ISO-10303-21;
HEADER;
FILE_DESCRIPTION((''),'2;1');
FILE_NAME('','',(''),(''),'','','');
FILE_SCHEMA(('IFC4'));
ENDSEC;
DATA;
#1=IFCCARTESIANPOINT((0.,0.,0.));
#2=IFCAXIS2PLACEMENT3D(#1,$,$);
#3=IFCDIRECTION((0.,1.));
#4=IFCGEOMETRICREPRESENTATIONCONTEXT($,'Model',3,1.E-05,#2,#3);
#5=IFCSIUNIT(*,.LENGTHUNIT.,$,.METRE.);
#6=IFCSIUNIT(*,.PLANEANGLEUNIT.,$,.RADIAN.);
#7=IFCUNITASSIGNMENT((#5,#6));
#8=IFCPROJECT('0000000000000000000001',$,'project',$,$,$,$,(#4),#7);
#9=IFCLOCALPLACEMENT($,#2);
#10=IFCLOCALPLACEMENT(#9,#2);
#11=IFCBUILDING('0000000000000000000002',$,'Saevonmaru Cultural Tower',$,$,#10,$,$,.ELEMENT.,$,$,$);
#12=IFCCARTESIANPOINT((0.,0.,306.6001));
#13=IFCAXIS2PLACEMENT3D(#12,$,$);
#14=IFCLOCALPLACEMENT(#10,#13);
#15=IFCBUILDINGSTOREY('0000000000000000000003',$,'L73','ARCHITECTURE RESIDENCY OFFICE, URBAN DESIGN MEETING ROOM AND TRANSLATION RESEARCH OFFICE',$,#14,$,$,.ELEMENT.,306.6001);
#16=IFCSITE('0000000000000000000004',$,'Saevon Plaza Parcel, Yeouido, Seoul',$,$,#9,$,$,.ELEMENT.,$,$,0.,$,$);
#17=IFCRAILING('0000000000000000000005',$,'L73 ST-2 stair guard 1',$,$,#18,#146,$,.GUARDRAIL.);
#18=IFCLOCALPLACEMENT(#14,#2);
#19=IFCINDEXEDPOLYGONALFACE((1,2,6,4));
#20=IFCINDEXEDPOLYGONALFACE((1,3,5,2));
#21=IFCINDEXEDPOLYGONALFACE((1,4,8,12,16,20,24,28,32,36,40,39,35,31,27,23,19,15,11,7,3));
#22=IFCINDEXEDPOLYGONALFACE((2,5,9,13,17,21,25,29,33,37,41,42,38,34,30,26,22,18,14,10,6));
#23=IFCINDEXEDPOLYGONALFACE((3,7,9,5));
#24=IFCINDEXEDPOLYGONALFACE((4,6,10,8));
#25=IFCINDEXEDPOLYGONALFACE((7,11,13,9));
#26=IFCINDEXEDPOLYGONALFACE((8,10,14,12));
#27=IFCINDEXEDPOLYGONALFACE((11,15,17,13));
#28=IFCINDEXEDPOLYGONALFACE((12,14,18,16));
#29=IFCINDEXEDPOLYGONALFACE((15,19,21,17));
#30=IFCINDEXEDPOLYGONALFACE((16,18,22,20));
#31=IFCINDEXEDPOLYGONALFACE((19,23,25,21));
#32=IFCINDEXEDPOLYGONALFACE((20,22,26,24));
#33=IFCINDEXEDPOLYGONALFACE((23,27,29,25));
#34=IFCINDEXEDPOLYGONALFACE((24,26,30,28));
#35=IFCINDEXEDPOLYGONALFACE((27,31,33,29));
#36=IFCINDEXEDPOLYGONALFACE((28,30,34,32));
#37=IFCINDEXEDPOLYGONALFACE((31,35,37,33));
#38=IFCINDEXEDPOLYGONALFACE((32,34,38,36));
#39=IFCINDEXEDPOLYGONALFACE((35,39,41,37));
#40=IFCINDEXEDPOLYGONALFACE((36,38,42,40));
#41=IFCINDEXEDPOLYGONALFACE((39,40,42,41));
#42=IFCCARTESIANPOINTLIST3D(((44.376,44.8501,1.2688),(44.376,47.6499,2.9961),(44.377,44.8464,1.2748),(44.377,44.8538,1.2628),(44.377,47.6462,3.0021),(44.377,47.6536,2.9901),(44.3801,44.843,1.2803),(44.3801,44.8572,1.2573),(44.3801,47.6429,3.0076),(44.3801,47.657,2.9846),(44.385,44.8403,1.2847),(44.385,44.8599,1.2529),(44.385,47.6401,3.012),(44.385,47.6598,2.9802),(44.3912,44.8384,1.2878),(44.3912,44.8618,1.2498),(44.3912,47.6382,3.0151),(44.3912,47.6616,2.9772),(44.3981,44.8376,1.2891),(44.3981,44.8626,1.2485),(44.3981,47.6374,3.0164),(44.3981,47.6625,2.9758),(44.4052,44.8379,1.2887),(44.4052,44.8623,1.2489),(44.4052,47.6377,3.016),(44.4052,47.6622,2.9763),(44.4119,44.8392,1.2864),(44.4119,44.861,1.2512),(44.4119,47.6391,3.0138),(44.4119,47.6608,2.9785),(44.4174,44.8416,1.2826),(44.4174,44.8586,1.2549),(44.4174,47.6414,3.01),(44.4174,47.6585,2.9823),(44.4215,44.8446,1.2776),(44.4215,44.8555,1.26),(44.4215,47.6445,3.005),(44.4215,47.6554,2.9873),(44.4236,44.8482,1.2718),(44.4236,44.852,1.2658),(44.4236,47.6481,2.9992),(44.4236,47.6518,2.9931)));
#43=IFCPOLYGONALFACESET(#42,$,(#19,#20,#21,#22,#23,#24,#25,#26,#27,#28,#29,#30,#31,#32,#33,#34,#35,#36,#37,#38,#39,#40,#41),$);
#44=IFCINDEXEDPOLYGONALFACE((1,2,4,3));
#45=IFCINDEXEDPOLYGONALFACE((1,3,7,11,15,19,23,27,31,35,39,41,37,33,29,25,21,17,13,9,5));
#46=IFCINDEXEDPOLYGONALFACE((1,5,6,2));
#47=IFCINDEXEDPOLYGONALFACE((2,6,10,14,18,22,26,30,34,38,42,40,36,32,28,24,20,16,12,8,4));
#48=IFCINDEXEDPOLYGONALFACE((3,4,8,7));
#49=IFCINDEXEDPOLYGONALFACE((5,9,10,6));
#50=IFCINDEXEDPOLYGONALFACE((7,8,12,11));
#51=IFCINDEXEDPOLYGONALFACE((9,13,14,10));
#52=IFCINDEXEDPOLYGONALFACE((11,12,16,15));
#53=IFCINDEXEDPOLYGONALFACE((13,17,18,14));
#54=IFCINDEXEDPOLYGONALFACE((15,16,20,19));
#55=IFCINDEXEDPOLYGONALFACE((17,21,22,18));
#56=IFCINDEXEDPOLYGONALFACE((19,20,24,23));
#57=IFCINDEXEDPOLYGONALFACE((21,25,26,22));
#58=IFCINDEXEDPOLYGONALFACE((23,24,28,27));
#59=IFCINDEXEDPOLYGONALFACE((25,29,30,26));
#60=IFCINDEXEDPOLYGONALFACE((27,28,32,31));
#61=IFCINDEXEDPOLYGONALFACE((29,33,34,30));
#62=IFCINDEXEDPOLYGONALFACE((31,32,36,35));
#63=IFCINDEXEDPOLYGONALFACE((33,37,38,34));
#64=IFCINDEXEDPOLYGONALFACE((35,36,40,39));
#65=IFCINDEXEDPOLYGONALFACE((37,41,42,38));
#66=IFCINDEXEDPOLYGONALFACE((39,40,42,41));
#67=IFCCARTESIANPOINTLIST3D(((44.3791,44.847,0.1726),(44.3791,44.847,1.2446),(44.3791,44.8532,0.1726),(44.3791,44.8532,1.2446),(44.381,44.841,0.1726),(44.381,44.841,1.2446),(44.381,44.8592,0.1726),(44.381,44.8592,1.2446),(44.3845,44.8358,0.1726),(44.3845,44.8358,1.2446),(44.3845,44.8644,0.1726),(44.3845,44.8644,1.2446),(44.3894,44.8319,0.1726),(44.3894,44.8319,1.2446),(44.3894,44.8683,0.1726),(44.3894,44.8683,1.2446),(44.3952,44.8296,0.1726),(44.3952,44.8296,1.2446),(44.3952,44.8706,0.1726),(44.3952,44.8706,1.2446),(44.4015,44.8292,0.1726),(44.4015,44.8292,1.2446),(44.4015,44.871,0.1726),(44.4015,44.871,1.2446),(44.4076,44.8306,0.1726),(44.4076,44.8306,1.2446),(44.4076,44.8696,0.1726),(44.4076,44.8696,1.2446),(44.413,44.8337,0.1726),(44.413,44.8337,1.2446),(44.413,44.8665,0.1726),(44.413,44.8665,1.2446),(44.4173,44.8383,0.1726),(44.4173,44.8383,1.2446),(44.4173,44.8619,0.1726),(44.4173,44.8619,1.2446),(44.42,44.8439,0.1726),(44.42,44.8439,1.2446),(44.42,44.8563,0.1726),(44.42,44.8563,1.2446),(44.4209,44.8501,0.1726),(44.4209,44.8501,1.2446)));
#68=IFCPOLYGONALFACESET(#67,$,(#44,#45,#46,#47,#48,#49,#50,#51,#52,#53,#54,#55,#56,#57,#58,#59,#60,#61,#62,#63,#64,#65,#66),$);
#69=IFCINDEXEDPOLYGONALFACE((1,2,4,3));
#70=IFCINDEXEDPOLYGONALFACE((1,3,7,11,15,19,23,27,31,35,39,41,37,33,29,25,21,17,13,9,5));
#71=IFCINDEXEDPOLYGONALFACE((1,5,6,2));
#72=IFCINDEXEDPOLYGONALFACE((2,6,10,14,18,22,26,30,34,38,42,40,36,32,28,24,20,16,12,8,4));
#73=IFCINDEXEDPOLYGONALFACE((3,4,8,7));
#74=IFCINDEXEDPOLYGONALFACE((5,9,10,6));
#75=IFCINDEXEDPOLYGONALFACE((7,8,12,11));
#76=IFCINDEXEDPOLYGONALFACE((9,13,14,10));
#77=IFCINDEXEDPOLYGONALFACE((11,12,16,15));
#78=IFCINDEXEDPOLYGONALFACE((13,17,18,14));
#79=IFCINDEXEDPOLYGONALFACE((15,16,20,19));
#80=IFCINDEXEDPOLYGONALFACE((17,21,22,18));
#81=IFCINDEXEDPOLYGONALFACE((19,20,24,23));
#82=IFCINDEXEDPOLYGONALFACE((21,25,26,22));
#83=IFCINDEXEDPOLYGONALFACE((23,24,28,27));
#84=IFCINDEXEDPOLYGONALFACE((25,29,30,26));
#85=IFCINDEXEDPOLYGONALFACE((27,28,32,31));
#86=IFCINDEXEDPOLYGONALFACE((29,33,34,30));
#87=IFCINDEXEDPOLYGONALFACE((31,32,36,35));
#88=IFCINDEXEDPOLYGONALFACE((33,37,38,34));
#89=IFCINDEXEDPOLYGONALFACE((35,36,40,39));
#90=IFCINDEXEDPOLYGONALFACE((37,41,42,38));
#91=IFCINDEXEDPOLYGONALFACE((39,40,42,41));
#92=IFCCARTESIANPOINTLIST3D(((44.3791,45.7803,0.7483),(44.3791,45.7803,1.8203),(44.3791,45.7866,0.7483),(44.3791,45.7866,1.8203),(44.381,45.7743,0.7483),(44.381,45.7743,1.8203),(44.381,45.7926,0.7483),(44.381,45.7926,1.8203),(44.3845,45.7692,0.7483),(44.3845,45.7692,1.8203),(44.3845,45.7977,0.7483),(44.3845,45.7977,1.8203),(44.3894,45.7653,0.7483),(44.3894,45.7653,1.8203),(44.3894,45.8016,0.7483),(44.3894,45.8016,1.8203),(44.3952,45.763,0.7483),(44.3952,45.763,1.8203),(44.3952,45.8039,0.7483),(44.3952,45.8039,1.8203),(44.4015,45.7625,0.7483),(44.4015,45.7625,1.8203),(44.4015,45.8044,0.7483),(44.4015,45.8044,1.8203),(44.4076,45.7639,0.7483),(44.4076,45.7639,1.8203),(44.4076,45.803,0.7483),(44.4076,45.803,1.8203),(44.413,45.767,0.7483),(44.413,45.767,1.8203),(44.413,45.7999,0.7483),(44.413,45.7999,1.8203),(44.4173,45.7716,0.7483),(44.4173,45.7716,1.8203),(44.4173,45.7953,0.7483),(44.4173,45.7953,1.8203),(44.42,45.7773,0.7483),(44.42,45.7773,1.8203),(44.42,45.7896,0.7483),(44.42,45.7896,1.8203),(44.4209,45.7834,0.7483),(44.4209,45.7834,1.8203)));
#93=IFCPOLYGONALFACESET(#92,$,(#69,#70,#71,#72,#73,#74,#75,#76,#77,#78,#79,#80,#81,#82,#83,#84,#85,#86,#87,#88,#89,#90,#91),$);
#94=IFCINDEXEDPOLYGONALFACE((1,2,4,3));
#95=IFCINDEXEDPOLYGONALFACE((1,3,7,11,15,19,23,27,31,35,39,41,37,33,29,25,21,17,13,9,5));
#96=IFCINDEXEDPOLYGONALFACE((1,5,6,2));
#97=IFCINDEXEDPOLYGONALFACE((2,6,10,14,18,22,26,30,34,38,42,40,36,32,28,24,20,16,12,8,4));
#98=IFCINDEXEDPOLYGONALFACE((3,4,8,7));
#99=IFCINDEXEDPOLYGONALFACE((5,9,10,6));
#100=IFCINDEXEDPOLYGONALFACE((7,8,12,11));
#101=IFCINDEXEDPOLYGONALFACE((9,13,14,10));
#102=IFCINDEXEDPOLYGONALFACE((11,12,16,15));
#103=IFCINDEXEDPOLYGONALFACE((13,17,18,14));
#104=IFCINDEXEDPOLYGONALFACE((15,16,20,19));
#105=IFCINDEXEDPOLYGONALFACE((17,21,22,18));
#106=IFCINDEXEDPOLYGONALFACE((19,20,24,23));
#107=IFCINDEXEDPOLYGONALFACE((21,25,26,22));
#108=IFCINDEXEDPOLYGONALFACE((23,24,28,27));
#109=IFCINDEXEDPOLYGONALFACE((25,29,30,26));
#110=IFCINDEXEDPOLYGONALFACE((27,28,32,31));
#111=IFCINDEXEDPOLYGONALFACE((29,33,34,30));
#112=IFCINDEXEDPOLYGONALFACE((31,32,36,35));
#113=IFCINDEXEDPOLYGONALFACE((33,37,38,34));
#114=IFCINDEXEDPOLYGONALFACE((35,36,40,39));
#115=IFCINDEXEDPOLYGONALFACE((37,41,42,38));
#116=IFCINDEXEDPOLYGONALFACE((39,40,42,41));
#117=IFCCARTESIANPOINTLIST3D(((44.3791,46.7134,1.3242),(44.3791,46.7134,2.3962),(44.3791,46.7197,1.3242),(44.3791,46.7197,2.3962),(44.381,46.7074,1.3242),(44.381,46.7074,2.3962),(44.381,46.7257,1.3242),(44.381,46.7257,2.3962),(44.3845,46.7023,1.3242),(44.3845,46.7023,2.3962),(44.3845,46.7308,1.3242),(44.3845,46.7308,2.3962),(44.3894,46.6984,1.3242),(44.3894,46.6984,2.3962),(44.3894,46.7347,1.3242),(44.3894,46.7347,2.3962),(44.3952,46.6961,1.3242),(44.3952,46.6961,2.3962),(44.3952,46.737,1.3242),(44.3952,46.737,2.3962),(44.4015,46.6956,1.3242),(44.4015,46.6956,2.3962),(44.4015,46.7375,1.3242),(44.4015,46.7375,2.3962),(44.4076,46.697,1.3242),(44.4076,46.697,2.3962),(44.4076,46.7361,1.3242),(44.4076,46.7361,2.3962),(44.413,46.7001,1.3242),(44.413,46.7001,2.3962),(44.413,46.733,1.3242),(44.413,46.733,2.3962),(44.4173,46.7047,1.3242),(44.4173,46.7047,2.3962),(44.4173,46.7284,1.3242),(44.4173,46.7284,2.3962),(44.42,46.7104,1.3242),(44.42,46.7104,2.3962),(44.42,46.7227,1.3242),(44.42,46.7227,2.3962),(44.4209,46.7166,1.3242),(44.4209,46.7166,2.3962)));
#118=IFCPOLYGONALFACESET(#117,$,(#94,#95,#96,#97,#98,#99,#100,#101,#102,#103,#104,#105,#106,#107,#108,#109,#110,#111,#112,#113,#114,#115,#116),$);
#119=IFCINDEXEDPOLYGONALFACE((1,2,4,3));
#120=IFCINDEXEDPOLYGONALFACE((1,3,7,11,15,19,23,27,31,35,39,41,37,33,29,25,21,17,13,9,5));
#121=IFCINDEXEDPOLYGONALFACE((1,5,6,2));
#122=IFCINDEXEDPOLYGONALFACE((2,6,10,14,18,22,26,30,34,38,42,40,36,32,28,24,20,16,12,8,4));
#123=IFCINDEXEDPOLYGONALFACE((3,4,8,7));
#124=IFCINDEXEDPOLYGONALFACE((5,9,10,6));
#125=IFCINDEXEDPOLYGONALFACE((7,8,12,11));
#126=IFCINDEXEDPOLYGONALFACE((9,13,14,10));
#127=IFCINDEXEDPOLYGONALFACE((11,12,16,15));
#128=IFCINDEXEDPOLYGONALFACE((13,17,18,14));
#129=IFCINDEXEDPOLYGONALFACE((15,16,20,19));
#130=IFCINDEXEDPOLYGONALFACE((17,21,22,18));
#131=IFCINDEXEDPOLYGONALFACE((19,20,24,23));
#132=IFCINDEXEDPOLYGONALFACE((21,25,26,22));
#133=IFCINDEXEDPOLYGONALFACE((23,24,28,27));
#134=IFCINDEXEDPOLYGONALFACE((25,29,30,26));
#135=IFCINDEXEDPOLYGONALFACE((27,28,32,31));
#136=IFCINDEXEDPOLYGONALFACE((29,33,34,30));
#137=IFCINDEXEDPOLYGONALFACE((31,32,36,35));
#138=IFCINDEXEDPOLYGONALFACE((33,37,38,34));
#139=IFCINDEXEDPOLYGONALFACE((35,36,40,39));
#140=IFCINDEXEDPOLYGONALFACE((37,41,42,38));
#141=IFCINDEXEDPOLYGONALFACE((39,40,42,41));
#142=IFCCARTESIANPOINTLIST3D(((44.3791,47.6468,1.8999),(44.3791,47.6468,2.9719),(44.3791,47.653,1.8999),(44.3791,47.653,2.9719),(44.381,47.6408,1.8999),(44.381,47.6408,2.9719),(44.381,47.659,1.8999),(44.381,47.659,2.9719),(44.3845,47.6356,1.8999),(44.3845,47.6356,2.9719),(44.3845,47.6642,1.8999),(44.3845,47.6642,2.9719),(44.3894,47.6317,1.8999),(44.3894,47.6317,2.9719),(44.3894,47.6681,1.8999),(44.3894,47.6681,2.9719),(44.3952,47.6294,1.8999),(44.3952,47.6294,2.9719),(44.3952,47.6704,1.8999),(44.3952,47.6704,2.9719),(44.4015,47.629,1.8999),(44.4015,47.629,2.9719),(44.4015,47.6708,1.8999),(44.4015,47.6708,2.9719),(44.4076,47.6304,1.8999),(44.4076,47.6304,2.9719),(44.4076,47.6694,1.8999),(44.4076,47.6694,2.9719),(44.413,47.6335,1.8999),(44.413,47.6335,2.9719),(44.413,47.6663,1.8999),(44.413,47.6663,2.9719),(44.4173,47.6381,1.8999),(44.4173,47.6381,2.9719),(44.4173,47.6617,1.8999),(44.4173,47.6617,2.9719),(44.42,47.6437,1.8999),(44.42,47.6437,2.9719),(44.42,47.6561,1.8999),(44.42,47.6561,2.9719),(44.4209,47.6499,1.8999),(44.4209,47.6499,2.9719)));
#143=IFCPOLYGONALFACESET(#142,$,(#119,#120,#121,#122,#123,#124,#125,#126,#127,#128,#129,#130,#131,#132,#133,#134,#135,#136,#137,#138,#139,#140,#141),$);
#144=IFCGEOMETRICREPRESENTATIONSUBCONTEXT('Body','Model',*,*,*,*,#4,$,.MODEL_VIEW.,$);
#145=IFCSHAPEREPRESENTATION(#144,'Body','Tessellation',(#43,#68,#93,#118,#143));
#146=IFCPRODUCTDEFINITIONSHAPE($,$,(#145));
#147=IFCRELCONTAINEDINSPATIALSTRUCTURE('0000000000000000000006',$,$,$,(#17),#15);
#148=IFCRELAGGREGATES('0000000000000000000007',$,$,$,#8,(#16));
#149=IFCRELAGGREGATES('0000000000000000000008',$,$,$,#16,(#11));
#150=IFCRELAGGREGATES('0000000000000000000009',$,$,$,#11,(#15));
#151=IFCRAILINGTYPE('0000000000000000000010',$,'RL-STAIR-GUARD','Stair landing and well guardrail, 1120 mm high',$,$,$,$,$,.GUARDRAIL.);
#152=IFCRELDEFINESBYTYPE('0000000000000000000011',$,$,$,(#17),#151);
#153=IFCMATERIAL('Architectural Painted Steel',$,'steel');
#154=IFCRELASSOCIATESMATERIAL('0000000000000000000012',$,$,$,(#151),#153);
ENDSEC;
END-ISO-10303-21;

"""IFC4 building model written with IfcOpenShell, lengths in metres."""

from ifc_helpers import new_model, si_unit, direction, frame, origin, origin_2d, place, context, subcontext, project, spatial, circle, extrude, material, type_object, element, save


model = new_model("IFC4")

# Units and contexts
model_context = context("Model", 3, precision=1e-05, world=origin(), true_north=direction((0.0, 1.0)))
body_context = subcontext(model_context, "Body", "Model", "MODEL_VIEW")
ifc_project = project(units=[si_unit("LENGTHUNIT", "METRE"), si_unit("PLANEANGLEUNIT", "RADIAN")], contexts=[model_context])

# Site, building, storey
site_placement = place(None, origin())
site = spatial("IfcSite", under=ifc_project, at=site_placement, Name="Saevon Plaza Parcel, Yeouido, Seoul", CompositionType="ELEMENT", RefElevation=0.0)
building_placement = place(site_placement, origin())
building = spatial("IfcBuilding", under=site, at=building_placement, Name="Saevonmaru Cultural Tower", CompositionType="ELEMENT")
storey_placement = place(building_placement, frame((0.0, 0.0, 306.6001)))
storey = spatial("IfcBuildingStorey", under=building, at=storey_placement, Name="L73", Description="ARCHITECTURE RESIDENCY OFFICE, URBAN DESIGN MEETING ROOM AND TRANSLATION RESEARCH OFFICE", CompositionType="ELEMENT", Elevation=306.6001)

# Railing
ifc_material_1 = material(Name="Architectural Painted Steel", Category="steel")
railing_type_1 = type_object("IfcRailingType", Name="RL-STAIR-GUARD", Description="Stair landing and well guardrail, 1120 mm high", PredefinedType="GUARDRAIL", material=ifc_material_1)
railing_1_placement = place(storey_placement, frame((44.3999, 44.8501, 0.1726)))
element("IfcRailing", 1, at=railing_1_placement, inside=storey, type_object=railing_type_1, Name="L73 ST-2 stair guard 1", PredefinedType="GUARDRAIL", context=body_context, shape_type="SweptSolid", body=[
    extrude(circle(Radius=0.0239, at=origin_2d()), frame((0.0, 0.0, 1.0962), z_axis=(0.0, 0.851069, 0.525054), x_axis=(-1.0, 0.0, 0.0)), (0.0, 0.0, 1.0), 3.2898),
    extrude(circle(Radius=0.021, at=origin_2d()), origin(), (0.0, 0.0, 1.0), 1.072),
    extrude(circle(Radius=0.021, at=origin_2d()), frame((0.0, 0.9333, 0.5757)), (0.0, 0.0, 1.0), 1.072),
    extrude(circle(Radius=0.021, at=origin_2d()), frame((0.0, 1.8665, 1.1516)), (0.0, 0.0, 1.0), 1.072),
    extrude(circle(Radius=0.021, at=origin_2d()), frame((0.0, 2.7998, 1.7273)), (0.0, 0.0, 1.0), 1.072),
])

save(model, "model.ifc")
